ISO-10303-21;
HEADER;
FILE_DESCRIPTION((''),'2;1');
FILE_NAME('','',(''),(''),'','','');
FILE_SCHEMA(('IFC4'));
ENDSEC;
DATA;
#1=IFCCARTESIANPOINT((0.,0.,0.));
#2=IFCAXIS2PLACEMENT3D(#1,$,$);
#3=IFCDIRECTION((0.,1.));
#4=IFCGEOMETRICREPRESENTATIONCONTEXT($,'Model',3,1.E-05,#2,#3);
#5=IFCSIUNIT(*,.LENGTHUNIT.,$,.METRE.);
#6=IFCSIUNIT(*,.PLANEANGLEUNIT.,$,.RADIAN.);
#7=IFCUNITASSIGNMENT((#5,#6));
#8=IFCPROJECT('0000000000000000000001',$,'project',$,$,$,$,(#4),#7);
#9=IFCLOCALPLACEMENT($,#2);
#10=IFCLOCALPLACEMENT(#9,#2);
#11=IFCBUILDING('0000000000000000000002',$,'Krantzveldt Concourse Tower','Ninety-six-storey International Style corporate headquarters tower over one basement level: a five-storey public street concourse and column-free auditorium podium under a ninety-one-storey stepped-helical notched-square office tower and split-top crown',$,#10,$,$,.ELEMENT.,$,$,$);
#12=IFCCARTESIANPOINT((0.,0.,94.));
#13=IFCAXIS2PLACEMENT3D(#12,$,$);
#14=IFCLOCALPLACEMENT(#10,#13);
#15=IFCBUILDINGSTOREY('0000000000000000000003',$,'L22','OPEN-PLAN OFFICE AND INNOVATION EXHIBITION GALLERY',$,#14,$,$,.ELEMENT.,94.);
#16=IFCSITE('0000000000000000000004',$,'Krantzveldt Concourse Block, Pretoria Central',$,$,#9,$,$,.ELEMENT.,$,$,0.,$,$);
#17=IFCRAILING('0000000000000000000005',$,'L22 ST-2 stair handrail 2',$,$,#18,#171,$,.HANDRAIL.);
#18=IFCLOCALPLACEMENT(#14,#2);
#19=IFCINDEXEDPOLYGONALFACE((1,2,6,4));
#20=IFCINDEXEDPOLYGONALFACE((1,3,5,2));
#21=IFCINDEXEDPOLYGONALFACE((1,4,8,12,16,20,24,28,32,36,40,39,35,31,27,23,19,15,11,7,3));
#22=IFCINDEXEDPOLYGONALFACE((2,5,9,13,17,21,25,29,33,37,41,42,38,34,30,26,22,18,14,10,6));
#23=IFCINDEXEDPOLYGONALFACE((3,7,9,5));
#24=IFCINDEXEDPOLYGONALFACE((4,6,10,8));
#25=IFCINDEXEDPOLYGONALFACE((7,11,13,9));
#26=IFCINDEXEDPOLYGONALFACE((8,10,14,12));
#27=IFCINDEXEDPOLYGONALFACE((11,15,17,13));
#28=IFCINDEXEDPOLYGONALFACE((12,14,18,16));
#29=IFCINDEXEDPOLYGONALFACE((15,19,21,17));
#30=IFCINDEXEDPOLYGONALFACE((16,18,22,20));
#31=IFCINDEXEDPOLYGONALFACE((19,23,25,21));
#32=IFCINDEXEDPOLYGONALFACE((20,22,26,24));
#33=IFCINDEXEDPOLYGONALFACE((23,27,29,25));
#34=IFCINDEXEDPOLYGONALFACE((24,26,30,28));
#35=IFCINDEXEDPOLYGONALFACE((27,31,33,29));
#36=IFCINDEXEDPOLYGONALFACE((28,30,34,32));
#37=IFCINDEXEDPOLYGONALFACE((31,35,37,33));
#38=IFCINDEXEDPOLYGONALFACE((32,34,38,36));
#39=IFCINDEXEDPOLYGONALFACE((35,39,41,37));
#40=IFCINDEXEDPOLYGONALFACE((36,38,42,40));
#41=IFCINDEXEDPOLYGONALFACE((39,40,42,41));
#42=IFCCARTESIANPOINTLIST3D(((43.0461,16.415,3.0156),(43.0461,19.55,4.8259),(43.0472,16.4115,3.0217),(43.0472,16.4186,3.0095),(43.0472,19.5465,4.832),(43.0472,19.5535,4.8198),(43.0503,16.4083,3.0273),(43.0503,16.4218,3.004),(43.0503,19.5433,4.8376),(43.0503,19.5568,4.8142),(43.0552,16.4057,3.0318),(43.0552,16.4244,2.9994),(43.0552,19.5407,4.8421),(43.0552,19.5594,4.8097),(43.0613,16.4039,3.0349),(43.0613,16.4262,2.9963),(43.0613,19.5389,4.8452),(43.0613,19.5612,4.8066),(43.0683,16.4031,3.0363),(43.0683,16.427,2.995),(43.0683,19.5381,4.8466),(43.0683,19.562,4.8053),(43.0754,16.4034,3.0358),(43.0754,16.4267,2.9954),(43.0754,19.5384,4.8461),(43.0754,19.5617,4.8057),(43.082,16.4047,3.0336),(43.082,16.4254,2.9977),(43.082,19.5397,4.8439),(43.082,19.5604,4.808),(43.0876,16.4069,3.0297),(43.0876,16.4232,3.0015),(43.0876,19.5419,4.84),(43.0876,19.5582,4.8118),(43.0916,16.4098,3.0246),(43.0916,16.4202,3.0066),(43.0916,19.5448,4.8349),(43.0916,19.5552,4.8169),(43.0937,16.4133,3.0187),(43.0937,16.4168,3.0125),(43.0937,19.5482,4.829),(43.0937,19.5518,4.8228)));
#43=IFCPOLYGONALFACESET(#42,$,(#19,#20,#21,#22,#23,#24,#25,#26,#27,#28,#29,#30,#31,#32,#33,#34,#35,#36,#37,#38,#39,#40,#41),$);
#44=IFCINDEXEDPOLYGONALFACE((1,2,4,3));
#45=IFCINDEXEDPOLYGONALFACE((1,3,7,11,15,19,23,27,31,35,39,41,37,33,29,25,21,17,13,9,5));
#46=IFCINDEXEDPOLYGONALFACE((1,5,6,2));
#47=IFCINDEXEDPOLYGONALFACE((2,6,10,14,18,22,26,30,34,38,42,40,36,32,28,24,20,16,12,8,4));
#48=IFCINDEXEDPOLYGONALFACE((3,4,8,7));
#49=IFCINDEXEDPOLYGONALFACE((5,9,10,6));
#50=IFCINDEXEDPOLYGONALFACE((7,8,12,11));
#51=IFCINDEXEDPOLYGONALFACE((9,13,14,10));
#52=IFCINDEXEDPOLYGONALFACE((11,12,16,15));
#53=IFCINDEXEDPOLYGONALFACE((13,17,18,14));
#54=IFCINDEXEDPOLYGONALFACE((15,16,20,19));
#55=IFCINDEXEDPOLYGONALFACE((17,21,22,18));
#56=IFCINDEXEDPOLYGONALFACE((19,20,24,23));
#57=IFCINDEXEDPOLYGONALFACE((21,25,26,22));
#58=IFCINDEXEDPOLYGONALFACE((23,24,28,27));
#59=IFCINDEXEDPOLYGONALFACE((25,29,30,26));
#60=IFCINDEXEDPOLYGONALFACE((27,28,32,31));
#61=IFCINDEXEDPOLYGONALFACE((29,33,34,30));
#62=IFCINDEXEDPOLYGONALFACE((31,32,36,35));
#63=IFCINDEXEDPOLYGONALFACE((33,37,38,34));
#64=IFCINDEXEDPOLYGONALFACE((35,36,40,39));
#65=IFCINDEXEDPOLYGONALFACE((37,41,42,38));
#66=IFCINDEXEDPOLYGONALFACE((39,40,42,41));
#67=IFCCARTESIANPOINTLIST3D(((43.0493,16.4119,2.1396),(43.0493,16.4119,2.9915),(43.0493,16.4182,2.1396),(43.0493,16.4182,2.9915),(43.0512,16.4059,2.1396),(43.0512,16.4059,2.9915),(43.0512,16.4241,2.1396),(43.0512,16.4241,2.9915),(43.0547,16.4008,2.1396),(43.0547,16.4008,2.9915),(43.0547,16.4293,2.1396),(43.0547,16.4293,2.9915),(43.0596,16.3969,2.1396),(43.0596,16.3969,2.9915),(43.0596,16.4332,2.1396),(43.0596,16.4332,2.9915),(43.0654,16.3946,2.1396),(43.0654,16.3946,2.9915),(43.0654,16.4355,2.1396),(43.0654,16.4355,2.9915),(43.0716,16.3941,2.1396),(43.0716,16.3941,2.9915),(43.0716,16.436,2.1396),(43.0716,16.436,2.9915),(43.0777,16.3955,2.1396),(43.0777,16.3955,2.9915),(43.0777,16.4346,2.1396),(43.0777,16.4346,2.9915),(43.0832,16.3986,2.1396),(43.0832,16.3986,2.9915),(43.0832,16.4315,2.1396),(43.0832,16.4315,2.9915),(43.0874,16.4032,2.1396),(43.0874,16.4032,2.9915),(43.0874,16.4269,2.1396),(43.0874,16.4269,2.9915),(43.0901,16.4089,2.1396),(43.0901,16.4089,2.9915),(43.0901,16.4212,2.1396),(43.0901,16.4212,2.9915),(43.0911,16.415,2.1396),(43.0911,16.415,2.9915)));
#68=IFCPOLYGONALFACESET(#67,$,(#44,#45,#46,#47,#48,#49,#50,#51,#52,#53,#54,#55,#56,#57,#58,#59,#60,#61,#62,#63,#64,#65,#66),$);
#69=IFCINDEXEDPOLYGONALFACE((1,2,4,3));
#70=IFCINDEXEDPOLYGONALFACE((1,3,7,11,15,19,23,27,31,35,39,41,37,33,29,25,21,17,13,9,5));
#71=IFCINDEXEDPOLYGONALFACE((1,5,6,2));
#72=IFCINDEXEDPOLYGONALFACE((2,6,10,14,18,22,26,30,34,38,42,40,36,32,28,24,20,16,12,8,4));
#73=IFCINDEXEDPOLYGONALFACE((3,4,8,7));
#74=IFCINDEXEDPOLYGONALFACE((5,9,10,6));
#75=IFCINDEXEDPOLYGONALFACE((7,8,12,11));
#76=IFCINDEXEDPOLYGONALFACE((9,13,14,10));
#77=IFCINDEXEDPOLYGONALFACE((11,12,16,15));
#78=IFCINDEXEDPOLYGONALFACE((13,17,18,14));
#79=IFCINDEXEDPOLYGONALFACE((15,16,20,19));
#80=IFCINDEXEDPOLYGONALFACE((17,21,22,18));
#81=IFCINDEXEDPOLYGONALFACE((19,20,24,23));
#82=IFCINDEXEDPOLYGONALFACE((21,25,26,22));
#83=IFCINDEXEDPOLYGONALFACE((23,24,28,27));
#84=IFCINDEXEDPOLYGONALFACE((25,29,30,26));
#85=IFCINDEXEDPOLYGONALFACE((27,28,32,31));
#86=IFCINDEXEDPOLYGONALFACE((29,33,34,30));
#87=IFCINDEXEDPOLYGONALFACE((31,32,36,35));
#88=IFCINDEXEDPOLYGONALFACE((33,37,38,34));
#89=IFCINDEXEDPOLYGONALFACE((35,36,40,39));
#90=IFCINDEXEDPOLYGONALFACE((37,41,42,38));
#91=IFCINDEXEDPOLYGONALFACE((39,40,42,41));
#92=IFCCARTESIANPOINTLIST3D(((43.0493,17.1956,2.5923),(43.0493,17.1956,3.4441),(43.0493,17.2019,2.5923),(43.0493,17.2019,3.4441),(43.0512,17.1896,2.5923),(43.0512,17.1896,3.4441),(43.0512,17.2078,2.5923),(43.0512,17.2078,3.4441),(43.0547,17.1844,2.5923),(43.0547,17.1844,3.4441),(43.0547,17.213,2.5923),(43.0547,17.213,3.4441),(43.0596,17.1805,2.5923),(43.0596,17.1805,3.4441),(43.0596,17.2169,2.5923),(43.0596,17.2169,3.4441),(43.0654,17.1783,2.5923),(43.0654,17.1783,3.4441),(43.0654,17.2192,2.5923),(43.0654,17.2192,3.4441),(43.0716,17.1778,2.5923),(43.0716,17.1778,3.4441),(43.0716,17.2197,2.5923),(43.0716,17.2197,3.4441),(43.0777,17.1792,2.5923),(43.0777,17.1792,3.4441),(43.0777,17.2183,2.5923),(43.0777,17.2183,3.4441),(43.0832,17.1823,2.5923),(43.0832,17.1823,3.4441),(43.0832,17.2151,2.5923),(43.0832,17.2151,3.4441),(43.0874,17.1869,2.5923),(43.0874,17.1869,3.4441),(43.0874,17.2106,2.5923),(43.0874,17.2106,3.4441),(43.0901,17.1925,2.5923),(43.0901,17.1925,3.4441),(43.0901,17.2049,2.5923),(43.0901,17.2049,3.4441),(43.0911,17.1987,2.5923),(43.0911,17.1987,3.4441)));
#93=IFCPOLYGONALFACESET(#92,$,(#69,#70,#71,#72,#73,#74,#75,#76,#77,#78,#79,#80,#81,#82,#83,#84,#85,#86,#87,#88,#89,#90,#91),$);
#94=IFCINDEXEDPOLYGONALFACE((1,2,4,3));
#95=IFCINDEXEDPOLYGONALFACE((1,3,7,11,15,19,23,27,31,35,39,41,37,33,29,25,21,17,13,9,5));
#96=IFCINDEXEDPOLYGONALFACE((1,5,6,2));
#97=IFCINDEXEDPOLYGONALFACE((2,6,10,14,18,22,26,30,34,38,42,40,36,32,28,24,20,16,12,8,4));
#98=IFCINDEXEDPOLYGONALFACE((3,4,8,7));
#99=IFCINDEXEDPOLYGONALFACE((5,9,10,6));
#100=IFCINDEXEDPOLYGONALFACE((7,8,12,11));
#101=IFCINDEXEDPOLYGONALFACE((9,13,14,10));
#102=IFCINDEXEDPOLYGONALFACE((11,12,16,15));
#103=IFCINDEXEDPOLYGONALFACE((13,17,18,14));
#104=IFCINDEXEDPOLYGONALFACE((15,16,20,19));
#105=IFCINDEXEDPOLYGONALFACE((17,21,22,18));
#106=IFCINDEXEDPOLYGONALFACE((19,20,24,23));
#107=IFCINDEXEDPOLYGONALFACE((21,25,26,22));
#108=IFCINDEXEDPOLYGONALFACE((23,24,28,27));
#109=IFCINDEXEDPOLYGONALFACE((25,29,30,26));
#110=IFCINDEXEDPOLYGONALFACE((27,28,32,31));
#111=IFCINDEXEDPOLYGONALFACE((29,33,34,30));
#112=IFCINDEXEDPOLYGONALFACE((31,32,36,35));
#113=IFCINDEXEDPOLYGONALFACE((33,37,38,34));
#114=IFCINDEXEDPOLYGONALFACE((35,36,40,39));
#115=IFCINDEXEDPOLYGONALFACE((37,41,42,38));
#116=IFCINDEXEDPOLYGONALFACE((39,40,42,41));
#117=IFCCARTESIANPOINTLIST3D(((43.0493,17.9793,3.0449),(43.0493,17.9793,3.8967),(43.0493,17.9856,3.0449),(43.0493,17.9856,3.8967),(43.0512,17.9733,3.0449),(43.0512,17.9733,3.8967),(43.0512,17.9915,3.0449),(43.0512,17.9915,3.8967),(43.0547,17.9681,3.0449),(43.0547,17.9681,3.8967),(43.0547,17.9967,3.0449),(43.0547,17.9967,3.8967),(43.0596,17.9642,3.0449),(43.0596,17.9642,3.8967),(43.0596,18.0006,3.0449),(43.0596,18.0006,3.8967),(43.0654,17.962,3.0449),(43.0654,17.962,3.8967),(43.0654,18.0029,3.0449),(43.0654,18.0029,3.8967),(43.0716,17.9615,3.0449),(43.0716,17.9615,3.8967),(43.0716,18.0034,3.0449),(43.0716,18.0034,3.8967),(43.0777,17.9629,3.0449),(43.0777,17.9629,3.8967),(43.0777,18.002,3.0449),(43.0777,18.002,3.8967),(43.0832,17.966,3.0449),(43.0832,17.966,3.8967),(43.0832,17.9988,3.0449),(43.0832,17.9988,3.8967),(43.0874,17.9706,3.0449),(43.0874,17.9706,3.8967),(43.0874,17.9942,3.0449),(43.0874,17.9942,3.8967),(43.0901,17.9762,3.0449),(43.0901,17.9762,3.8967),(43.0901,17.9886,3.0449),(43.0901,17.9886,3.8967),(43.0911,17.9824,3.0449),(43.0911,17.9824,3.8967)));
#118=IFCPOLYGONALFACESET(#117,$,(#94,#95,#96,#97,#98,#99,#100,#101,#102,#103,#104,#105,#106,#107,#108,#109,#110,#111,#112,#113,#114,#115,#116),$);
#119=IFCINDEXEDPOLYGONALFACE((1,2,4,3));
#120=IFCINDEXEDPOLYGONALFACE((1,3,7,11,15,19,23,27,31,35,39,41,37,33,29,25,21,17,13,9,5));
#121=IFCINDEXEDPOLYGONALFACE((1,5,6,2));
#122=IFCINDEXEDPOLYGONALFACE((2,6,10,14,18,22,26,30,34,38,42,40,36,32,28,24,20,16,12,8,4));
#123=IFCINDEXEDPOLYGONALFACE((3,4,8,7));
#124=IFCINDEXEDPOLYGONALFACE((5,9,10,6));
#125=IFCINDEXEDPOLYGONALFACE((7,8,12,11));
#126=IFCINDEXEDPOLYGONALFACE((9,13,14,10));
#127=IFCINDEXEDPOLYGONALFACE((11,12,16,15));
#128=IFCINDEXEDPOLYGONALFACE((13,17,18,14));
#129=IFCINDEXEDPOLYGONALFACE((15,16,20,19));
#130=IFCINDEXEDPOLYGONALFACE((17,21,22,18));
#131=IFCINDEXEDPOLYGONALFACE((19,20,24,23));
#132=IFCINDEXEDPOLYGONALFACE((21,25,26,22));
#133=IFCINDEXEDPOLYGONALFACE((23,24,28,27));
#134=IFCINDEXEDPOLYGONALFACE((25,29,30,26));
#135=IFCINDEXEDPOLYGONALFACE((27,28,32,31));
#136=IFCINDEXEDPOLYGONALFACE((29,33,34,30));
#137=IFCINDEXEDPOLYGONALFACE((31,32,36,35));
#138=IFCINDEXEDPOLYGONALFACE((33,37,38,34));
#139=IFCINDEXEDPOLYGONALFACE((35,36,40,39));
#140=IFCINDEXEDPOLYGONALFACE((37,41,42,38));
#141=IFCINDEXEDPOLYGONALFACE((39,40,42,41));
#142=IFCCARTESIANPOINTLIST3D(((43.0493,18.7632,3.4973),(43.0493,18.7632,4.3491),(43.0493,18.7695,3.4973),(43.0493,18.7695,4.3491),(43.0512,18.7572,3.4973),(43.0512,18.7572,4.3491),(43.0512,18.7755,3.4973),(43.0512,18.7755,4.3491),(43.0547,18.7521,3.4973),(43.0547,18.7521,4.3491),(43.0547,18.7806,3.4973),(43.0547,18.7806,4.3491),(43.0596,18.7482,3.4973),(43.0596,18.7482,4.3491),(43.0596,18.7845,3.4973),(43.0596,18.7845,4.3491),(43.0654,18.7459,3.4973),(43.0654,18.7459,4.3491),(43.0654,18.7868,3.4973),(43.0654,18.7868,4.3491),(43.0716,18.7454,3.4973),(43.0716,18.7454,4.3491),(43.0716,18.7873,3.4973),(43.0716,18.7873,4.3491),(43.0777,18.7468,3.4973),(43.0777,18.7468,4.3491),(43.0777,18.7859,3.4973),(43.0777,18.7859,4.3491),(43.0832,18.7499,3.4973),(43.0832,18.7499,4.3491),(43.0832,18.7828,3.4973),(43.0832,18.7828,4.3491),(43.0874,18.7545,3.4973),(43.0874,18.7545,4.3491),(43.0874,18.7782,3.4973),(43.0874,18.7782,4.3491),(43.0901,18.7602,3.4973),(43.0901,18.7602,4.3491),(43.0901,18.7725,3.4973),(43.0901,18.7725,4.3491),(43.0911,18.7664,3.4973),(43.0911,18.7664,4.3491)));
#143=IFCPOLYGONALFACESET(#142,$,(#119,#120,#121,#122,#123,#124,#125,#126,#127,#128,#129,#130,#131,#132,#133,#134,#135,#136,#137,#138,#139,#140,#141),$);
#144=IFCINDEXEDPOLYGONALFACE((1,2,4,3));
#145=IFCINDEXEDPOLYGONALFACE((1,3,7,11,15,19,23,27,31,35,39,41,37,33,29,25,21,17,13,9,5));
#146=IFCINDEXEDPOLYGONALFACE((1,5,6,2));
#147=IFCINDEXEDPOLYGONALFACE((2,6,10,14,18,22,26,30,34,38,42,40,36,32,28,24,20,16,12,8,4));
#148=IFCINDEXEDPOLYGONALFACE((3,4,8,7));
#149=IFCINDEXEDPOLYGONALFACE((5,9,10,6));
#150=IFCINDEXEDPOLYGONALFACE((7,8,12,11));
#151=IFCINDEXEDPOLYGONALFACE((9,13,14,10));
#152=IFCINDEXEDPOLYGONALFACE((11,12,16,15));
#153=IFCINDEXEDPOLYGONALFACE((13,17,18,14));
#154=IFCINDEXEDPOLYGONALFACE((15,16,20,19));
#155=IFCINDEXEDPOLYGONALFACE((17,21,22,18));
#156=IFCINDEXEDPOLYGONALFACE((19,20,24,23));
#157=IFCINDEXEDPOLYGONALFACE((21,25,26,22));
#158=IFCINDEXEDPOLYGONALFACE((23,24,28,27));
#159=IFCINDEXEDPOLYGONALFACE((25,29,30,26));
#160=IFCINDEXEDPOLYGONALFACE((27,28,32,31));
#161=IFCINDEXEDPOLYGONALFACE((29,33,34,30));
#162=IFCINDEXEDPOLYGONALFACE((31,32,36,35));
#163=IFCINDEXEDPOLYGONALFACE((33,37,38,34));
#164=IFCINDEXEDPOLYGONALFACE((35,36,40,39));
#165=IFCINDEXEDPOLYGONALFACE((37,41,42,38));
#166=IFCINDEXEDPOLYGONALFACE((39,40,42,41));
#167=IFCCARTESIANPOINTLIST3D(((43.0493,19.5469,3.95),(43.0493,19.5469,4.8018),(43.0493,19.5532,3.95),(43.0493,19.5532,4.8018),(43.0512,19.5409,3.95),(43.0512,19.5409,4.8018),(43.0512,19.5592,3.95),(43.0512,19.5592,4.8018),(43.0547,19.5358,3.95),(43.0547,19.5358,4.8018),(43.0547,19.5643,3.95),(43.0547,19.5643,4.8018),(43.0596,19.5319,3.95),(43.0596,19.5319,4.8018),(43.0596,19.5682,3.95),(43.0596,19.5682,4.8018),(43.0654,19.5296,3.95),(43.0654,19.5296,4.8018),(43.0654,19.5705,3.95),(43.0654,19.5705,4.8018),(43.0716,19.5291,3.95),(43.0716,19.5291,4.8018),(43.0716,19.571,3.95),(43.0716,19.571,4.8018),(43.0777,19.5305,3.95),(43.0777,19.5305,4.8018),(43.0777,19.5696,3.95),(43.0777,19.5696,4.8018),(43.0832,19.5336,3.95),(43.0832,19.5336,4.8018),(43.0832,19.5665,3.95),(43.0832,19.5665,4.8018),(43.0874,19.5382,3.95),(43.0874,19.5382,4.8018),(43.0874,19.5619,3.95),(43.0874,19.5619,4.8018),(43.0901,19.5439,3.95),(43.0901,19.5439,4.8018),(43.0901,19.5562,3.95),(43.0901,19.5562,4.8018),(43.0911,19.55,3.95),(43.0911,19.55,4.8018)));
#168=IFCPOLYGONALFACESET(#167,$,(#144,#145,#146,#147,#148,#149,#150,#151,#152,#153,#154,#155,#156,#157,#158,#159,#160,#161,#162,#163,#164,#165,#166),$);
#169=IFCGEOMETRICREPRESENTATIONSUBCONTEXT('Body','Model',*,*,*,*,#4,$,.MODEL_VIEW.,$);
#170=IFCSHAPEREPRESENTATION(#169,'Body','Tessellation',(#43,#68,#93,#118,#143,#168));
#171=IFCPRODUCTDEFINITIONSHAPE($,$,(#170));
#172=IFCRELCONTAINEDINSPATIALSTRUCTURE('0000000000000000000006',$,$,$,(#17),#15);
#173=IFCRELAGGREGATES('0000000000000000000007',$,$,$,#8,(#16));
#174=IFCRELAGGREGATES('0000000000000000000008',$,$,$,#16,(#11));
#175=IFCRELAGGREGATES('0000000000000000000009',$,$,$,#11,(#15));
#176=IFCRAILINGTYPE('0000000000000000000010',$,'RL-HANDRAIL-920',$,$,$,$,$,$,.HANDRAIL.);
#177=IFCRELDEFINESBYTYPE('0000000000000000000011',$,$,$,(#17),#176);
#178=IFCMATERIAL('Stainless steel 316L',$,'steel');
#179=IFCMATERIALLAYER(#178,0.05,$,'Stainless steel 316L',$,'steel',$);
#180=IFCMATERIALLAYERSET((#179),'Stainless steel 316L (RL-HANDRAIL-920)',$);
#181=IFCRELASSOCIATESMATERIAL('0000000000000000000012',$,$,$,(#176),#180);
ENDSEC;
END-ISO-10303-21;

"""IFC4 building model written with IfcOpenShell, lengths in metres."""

from ifc_helpers import new_model, si_unit, direction, frame, origin, origin_2d, place, context, subcontext, project, spatial, circle, extrude, material, layer, layer_set, type_object, element, save


model = new_model("IFC4")

# Units and contexts
model_context = context("Model", 3, precision=1e-05, world=origin(), true_north=direction((0.0, 1.0)))
body_context = subcontext(model_context, "Body", "Model", "MODEL_VIEW")
ifc_project = project(units=[si_unit("LENGTHUNIT", "METRE"), si_unit("PLANEANGLEUNIT", "RADIAN")], contexts=[model_context])

# Site, building, storey
site_placement = place(None, origin())
site = spatial("IfcSite", under=ifc_project, at=site_placement, Name="Krantzveldt Concourse Block, Pretoria Central", CompositionType="ELEMENT", RefElevation=0.0)
building_placement = place(site_placement, origin())
building = spatial("IfcBuilding", under=site, at=building_placement, Name="Krantzveldt Concourse Tower", Description="Ninety-six-storey International Style corporate headquarters tower over one basement level: a five-storey public street concourse and column-free auditorium podium under a ninety-one-storey stepped-helical notched-square office tower and split-top crown", CompositionType="ELEMENT")
storey_placement = place(building_placement, frame((0.0, 0.0, 94.0)))
storey = spatial("IfcBuildingStorey", under=building, at=storey_placement, Name="L22", Description="OPEN-PLAN OFFICE AND INNOVATION EXHIBITION GALLERY", CompositionType="ELEMENT", Elevation=94.0)

# Shared definitions
ifc_material_1 = material(Name="Stainless steel 316L", Category="steel")

# Railing
ifc_layer_1 = layer(ifc_material_1, 0.05, Name="Stainless steel 316L", Category="steel")
ifc_layer_set_1 = layer_set([ifc_layer_1], Name="Stainless steel 316L (RL-HANDRAIL-920)")
railing_type_1 = type_object("IfcRailingType", Name="RL-HANDRAIL-920", PredefinedType="HANDRAIL", material=ifc_layer_set_1)
railing_1_placement = place(storey_placement, frame((43.0701, 16.415, 2.1396)))
element("IfcRailing", 1, at=railing_1_placement, inside=storey, type_object=railing_type_1, Name="L22 ST-2 stair handrail 2", PredefinedType="HANDRAIL", context=body_context, shape_type="SweptSolid", body=[
    extrude(circle(Radius=0.0239, at=origin_2d()), frame((0.0, 0.0, 0.876), z_axis=(0.0, 0.865989, 0.500063), x_axis=(-1.0, 0.0, 0.0)), (0.0, 0.0, 1.0), 3.6201),
    extrude(circle(Radius=0.021, at=origin_2d()), origin(), (0.0, 0.0, 1.0), 0.8518),
    extrude(circle(Radius=0.021, at=origin_2d()), frame((0.0, 0.7837, 0.4526)), (0.0, 0.0, 1.0), 0.8518),
    extrude(circle(Radius=0.021, at=origin_2d()), frame((0.0, 1.5674, 0.9053)), (0.0, 0.0, 1.0), 0.8518),
    extrude(circle(Radius=0.021, at=origin_2d()), frame((0.0, 2.3513, 1.3577)), (0.0, 0.0, 1.0), 0.8518),
    extrude(circle(Radius=0.021, at=origin_2d()), frame((0.0, 3.135, 1.8103)), (0.0, 0.0, 1.0), 0.8518),
])

save(model, "model.ifc")
